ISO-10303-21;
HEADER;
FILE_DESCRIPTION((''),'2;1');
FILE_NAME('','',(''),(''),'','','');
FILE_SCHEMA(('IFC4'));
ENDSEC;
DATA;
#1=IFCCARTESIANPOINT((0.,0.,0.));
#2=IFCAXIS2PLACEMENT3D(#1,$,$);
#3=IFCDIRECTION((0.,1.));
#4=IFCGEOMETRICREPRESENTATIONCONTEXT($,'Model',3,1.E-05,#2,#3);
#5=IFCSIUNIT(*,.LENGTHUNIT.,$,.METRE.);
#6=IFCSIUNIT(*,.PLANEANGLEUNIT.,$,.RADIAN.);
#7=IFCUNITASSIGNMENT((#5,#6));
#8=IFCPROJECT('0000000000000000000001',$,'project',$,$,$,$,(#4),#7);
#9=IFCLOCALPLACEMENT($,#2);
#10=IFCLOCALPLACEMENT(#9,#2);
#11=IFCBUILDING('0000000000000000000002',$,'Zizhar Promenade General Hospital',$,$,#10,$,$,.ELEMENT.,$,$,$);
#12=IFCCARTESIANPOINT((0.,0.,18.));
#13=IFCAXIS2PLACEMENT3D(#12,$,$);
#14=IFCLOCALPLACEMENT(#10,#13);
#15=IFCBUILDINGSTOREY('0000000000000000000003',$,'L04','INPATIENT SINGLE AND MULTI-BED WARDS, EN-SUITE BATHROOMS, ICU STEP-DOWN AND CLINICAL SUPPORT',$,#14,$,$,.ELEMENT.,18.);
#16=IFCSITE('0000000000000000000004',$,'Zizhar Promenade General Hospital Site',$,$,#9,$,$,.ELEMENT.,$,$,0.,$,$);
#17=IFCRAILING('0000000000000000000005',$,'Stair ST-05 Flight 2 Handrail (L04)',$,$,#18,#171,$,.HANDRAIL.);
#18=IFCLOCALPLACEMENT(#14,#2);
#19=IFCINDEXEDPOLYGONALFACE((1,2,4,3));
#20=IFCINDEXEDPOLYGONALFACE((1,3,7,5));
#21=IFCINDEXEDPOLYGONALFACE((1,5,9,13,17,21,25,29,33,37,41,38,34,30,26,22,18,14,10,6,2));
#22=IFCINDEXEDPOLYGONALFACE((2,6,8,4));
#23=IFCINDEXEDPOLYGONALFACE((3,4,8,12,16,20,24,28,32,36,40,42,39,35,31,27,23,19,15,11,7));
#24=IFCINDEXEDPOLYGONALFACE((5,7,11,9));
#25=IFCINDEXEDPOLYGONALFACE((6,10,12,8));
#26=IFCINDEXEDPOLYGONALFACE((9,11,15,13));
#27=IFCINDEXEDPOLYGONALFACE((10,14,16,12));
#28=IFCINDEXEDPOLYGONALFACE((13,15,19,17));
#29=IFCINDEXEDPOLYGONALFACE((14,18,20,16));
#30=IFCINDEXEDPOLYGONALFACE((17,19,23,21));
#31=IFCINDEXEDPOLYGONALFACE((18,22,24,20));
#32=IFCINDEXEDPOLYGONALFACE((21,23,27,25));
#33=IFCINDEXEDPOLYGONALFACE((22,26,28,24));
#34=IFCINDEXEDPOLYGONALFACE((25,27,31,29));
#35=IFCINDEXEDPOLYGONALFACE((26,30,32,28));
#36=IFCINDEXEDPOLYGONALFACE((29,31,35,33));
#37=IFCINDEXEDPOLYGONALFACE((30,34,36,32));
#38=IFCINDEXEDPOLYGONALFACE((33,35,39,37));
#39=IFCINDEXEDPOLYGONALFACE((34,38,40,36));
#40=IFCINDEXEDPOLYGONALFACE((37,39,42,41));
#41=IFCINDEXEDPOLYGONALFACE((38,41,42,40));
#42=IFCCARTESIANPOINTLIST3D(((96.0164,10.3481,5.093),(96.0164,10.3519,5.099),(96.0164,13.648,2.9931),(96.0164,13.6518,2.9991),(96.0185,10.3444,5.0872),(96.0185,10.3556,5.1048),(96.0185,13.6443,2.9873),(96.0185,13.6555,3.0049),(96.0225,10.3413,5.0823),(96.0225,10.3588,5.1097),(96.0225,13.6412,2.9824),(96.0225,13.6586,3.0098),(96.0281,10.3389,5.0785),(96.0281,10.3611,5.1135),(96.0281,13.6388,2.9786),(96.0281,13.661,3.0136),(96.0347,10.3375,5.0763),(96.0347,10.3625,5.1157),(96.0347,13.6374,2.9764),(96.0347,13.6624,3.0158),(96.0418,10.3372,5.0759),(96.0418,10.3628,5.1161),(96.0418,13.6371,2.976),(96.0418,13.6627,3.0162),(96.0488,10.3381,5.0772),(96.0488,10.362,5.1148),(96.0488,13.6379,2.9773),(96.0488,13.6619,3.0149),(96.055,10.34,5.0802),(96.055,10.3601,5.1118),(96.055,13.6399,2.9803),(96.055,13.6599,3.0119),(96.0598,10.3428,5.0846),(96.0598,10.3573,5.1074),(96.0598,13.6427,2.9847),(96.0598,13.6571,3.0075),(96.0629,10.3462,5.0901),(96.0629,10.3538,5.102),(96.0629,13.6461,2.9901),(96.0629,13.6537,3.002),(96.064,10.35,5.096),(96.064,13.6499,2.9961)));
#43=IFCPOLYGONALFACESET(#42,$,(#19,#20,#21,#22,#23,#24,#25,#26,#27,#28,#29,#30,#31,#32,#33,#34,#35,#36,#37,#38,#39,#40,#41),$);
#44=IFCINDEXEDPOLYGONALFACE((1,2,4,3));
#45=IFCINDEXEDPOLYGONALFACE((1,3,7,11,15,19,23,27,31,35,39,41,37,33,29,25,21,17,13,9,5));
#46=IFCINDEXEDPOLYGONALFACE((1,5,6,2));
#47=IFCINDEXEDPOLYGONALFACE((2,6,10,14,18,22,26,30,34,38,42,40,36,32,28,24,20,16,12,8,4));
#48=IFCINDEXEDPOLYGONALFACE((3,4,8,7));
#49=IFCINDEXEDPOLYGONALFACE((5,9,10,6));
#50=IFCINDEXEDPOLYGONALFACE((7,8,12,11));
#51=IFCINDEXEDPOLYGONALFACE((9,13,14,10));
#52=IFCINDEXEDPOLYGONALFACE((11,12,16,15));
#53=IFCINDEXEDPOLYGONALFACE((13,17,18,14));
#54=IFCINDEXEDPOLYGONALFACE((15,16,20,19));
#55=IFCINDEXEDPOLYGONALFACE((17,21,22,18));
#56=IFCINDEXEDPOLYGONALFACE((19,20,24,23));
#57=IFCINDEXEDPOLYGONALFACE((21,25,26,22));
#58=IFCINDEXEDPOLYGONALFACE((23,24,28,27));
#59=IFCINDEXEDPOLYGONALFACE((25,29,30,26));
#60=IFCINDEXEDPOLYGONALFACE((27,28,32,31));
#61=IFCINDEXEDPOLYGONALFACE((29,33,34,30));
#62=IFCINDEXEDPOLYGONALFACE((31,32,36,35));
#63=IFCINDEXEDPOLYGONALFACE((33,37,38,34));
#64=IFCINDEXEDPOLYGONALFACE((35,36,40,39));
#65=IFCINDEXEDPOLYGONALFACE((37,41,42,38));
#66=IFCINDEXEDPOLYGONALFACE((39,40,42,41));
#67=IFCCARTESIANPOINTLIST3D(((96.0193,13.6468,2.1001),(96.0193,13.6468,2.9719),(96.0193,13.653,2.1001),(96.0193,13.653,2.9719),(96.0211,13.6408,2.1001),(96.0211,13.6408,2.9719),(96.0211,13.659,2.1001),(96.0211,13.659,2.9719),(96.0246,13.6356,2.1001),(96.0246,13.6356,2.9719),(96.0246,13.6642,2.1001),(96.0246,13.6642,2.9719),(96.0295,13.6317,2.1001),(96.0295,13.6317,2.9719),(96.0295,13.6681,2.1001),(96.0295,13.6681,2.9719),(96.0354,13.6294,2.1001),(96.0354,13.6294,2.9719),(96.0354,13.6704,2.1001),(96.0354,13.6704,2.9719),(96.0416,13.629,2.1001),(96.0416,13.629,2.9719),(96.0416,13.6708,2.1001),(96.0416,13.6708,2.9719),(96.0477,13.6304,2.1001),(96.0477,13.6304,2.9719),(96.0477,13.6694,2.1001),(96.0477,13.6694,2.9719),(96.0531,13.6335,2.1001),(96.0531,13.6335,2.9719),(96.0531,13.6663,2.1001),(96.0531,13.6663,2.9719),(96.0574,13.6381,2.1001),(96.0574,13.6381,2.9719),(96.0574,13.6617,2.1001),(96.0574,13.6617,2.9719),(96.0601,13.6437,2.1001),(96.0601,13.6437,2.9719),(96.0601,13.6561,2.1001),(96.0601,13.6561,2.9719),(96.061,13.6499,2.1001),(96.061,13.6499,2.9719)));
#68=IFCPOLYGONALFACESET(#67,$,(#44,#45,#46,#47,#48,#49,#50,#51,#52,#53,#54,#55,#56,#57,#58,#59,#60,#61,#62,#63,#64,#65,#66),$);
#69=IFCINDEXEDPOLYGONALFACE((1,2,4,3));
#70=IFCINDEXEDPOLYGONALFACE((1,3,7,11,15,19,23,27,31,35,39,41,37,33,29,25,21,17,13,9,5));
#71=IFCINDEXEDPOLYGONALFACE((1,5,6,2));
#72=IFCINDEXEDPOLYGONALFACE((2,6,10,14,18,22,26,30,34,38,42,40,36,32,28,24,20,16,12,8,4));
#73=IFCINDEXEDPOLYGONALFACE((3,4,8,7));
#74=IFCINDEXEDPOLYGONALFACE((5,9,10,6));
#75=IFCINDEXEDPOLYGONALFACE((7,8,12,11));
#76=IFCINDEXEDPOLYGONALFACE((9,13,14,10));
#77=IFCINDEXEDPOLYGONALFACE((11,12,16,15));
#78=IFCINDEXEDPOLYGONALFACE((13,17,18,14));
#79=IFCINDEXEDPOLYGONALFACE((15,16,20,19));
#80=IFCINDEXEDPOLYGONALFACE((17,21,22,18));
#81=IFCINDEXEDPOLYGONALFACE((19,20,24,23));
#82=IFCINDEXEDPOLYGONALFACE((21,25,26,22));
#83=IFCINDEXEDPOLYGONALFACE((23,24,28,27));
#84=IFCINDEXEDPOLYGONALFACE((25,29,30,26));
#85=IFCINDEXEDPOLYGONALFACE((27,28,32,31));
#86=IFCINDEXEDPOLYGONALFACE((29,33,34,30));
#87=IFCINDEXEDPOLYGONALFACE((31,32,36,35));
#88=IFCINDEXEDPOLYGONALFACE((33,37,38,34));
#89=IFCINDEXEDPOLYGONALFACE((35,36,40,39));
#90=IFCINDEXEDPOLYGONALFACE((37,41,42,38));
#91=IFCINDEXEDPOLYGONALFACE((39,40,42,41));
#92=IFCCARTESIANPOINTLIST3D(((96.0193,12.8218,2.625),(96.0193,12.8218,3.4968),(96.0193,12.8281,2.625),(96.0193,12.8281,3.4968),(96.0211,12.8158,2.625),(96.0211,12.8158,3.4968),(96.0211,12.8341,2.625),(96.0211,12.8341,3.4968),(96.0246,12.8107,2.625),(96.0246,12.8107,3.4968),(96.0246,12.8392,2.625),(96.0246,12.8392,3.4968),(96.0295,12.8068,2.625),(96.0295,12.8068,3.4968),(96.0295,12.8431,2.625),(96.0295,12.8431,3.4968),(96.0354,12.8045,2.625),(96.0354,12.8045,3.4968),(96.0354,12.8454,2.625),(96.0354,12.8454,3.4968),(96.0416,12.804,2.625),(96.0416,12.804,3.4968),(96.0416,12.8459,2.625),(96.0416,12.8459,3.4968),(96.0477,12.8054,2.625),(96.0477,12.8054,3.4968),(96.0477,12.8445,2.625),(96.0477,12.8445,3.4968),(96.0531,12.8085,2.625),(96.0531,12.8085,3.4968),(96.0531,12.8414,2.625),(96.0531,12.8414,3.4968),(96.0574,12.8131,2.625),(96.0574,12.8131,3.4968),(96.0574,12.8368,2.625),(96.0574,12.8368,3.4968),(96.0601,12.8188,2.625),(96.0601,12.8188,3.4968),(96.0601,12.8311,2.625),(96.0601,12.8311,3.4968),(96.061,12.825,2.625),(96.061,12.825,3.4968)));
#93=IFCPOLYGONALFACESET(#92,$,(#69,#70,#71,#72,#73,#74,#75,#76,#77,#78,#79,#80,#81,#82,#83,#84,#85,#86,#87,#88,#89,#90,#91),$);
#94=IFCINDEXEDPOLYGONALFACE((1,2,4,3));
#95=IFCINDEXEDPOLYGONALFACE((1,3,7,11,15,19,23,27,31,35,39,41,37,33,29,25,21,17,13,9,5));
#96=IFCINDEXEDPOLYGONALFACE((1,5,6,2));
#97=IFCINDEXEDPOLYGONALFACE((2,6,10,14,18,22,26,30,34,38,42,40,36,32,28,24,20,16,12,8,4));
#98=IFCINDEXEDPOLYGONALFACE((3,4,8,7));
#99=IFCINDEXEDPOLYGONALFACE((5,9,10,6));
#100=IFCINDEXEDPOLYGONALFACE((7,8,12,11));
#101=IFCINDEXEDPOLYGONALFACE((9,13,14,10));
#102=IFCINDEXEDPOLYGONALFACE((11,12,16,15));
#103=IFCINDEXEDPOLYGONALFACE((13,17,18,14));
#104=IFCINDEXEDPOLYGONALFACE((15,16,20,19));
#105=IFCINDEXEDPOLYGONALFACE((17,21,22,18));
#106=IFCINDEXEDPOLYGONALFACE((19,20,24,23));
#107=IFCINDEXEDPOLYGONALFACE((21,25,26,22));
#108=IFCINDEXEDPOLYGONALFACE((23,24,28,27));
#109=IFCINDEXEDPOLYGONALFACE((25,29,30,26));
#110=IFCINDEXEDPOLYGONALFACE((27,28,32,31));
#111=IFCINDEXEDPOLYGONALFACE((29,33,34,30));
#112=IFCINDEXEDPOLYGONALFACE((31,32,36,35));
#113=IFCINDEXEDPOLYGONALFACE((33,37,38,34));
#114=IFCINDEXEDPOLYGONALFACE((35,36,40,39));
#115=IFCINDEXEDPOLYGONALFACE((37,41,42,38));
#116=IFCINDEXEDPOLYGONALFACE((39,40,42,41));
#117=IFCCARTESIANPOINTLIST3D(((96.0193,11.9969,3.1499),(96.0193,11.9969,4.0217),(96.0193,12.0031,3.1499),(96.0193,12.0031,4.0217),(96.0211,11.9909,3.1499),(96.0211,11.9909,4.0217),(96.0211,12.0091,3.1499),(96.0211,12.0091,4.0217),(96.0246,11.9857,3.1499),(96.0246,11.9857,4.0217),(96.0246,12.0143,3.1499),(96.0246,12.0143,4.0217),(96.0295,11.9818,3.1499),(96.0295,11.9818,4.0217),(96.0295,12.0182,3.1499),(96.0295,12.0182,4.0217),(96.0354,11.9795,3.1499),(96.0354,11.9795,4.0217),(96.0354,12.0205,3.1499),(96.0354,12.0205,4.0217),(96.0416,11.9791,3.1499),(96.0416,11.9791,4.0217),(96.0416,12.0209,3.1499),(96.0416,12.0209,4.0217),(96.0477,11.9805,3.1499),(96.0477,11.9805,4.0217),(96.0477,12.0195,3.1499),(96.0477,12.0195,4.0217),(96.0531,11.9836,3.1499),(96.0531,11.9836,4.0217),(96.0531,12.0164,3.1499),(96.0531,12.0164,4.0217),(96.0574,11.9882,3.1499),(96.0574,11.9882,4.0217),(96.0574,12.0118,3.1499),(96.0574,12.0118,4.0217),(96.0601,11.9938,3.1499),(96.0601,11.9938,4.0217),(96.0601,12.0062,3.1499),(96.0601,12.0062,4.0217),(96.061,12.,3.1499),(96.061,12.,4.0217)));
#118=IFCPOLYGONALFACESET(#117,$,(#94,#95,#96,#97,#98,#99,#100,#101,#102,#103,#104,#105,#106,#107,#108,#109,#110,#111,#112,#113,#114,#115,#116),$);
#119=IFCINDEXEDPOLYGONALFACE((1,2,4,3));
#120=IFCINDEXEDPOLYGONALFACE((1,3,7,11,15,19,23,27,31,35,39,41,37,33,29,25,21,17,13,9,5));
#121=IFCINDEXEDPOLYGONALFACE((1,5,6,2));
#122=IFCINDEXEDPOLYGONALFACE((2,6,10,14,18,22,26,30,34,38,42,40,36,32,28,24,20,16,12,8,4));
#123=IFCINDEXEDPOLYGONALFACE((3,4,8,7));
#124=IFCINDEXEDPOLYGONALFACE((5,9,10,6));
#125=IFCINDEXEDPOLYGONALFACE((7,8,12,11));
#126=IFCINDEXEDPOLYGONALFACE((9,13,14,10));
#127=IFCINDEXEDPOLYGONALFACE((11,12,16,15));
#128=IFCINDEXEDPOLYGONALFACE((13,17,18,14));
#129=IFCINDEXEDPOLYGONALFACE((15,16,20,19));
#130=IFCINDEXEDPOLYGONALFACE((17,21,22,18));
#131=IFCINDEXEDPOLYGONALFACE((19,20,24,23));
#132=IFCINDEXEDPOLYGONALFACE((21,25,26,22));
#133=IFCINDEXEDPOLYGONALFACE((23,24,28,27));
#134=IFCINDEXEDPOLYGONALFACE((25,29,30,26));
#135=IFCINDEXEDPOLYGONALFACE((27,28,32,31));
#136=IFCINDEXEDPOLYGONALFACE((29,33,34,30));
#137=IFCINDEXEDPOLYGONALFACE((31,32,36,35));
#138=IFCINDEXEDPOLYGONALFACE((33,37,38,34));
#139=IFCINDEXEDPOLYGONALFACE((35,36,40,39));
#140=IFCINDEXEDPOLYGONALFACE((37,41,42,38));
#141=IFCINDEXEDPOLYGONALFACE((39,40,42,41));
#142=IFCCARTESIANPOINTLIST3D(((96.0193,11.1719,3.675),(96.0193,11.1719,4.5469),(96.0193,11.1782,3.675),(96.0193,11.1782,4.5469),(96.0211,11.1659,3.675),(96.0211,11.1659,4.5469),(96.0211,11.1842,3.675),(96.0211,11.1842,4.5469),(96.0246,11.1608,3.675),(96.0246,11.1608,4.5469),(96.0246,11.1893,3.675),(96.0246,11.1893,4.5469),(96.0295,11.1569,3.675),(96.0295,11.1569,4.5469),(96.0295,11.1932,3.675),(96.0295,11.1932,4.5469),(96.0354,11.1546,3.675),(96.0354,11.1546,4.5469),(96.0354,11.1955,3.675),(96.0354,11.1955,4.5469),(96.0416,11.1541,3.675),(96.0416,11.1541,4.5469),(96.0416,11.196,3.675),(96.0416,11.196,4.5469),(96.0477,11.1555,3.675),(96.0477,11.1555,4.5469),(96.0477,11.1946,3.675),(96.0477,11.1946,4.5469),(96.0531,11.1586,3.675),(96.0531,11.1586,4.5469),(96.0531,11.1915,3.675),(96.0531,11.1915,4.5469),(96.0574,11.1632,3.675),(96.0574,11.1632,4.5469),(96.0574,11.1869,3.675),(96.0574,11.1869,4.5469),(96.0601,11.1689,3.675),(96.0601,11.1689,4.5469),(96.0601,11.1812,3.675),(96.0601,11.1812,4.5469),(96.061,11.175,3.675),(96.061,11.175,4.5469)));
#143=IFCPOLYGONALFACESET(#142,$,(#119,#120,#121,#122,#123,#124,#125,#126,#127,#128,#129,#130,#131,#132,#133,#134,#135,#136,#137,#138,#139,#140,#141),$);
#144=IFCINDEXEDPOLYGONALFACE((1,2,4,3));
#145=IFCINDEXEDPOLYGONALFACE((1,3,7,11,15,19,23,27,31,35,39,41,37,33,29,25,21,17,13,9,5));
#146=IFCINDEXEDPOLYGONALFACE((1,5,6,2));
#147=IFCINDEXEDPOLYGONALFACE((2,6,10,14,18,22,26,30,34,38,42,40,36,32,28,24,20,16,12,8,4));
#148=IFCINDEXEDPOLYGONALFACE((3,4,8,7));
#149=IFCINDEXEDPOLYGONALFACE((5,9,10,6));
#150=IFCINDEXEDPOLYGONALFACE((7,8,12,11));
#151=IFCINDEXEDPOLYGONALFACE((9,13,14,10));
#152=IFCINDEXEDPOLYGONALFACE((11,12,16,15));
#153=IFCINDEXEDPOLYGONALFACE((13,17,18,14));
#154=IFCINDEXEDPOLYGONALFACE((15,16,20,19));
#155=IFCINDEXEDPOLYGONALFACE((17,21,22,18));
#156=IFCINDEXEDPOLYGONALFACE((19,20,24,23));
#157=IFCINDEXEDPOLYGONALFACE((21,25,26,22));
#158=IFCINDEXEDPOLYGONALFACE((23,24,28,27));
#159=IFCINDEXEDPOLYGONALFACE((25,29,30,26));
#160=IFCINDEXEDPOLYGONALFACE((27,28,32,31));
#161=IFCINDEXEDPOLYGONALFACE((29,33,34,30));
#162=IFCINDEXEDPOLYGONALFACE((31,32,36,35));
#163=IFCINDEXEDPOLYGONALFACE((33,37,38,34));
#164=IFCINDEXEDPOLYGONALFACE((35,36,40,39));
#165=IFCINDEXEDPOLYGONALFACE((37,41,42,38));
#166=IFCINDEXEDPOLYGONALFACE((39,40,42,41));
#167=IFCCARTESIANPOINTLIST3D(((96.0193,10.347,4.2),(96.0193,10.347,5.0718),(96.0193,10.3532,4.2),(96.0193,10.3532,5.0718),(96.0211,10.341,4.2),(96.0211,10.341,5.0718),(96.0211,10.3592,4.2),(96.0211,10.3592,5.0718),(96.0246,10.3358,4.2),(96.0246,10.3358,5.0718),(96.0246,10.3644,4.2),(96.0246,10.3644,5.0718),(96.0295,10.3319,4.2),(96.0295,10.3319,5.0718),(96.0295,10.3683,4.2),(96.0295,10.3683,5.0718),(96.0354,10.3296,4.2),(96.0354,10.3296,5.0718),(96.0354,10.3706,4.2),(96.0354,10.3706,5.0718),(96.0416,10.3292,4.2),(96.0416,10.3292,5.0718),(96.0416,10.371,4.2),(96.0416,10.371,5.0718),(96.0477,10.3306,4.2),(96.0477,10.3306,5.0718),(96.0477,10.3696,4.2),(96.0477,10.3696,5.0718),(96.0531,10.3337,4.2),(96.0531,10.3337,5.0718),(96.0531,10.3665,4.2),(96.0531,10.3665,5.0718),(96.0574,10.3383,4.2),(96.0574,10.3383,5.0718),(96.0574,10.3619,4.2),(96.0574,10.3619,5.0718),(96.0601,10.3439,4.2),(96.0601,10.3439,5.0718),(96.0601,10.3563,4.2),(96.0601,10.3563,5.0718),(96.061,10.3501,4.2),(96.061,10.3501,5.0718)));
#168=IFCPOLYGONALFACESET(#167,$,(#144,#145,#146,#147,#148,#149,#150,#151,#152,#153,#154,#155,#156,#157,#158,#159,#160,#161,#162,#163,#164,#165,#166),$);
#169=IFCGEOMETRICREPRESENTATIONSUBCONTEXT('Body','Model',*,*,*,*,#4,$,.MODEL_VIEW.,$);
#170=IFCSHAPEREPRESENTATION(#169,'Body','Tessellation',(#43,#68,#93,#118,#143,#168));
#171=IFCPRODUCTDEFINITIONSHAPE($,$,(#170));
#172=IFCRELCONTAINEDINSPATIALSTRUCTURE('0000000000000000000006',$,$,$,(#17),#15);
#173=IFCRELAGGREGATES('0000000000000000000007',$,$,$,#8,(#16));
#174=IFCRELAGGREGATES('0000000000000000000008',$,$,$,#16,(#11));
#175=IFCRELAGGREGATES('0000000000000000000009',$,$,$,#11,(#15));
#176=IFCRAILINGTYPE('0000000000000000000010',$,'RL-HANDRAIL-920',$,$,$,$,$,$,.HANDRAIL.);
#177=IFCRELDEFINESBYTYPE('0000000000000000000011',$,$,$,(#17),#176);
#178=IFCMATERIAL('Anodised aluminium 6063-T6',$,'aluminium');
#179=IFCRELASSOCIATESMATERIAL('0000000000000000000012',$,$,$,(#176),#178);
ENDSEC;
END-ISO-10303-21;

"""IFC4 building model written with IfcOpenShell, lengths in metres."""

from ifc_helpers import new_model, si_unit, direction, frame, origin, origin_2d, place, context, subcontext, project, spatial, circle, hollow_circle, extrude, material, material_profile, profile_set, type_object, element, save


model = new_model("IFC4")

# Units and contexts
model_context = context("Model", 3, precision=1e-05, world=origin(), true_north=direction((0.0, 1.0)))
body_context = subcontext(model_context, "Body", "Model", "MODEL_VIEW")
ifc_project = project(units=[si_unit("LENGTHUNIT", "METRE"), si_unit("PLANEANGLEUNIT", "RADIAN")], contexts=[model_context])

# Site, building, storey
site_placement = place(None, origin())
site = spatial("IfcSite", under=ifc_project, at=site_placement, Name="Zizhar Promenade General Hospital Site", CompositionType="ELEMENT", RefElevation=0.0)
building_placement = place(site_placement, origin())
building = spatial("IfcBuilding", under=site, at=building_placement, Name="Zizhar Promenade General Hospital", CompositionType="ELEMENT")
storey_placement = place(building_placement, frame((0.0, 0.0, 18.0)))
storey = spatial("IfcBuildingStorey", under=building, at=storey_placement, Name="L04", Description="INPATIENT SINGLE AND MULTI-BED WARDS, EN-SUITE BATHROOMS, ICU STEP-DOWN AND CLINICAL SUPPORT", CompositionType="ELEMENT", Elevation=18.0)

# Railing
ifc_material_1 = material(Name="Anodised aluminium 6063-T6", Category="aluminium")
ifc_material_profile_1 = material_profile(ifc_material_1, hollow_circle(Radius=0.0698, WallThickness=0.0063, at=origin_2d()))
ifc_profile_set_1 = profile_set([ifc_material_profile_1], Name="Anodised aluminium 6063-T6")
railing_type_1 = type_object("IfcRailingType", Name="RL-HANDRAIL-920", PredefinedType="HANDRAIL", material=ifc_profile_set_1)
railing_1_placement = place(storey_placement, frame((96.04, 13.6499, 2.1001)))
element("IfcRailing", 1, at=railing_1_placement, inside=storey, type_object=railing_type_1, Name="Stair ST-05 Flight 2 Handrail (L04)", PredefinedType="HANDRAIL", context=body_context, shape_type="SweptSolid", body=[
    extrude(circle(Radius=0.0239, at=origin_2d()), frame((0.0, 0.0, 0.896), z_axis=(0.0, -0.843664, 0.536871), x_axis=(1.0, 0.0, 0.0)), (0.0, 0.0, 1.0), 3.9114),
    extrude(circle(Radius=0.021, at=origin_2d()), origin(), (0.0, 0.0, 1.0), 0.8718),
    extrude(circle(Radius=0.021, at=origin_2d()), frame((0.0, -0.825, 0.5249)), (0.0, 0.0, 1.0), 0.8718),
    extrude(circle(Radius=0.021, at=origin_2d()), frame((0.0, -1.6499, 1.0498)), (0.0, 0.0, 1.0), 0.8718),
    extrude(circle(Radius=0.021, at=origin_2d()), frame((0.0, -2.4749, 1.575)), (0.0, 0.0, 1.0), 0.8718),
    extrude(circle(Radius=0.021, at=origin_2d()), frame((0.0, -3.2998, 2.0999)), (0.0, 0.0, 1.0), 0.8718),
])

save(model, "model.ifc")
